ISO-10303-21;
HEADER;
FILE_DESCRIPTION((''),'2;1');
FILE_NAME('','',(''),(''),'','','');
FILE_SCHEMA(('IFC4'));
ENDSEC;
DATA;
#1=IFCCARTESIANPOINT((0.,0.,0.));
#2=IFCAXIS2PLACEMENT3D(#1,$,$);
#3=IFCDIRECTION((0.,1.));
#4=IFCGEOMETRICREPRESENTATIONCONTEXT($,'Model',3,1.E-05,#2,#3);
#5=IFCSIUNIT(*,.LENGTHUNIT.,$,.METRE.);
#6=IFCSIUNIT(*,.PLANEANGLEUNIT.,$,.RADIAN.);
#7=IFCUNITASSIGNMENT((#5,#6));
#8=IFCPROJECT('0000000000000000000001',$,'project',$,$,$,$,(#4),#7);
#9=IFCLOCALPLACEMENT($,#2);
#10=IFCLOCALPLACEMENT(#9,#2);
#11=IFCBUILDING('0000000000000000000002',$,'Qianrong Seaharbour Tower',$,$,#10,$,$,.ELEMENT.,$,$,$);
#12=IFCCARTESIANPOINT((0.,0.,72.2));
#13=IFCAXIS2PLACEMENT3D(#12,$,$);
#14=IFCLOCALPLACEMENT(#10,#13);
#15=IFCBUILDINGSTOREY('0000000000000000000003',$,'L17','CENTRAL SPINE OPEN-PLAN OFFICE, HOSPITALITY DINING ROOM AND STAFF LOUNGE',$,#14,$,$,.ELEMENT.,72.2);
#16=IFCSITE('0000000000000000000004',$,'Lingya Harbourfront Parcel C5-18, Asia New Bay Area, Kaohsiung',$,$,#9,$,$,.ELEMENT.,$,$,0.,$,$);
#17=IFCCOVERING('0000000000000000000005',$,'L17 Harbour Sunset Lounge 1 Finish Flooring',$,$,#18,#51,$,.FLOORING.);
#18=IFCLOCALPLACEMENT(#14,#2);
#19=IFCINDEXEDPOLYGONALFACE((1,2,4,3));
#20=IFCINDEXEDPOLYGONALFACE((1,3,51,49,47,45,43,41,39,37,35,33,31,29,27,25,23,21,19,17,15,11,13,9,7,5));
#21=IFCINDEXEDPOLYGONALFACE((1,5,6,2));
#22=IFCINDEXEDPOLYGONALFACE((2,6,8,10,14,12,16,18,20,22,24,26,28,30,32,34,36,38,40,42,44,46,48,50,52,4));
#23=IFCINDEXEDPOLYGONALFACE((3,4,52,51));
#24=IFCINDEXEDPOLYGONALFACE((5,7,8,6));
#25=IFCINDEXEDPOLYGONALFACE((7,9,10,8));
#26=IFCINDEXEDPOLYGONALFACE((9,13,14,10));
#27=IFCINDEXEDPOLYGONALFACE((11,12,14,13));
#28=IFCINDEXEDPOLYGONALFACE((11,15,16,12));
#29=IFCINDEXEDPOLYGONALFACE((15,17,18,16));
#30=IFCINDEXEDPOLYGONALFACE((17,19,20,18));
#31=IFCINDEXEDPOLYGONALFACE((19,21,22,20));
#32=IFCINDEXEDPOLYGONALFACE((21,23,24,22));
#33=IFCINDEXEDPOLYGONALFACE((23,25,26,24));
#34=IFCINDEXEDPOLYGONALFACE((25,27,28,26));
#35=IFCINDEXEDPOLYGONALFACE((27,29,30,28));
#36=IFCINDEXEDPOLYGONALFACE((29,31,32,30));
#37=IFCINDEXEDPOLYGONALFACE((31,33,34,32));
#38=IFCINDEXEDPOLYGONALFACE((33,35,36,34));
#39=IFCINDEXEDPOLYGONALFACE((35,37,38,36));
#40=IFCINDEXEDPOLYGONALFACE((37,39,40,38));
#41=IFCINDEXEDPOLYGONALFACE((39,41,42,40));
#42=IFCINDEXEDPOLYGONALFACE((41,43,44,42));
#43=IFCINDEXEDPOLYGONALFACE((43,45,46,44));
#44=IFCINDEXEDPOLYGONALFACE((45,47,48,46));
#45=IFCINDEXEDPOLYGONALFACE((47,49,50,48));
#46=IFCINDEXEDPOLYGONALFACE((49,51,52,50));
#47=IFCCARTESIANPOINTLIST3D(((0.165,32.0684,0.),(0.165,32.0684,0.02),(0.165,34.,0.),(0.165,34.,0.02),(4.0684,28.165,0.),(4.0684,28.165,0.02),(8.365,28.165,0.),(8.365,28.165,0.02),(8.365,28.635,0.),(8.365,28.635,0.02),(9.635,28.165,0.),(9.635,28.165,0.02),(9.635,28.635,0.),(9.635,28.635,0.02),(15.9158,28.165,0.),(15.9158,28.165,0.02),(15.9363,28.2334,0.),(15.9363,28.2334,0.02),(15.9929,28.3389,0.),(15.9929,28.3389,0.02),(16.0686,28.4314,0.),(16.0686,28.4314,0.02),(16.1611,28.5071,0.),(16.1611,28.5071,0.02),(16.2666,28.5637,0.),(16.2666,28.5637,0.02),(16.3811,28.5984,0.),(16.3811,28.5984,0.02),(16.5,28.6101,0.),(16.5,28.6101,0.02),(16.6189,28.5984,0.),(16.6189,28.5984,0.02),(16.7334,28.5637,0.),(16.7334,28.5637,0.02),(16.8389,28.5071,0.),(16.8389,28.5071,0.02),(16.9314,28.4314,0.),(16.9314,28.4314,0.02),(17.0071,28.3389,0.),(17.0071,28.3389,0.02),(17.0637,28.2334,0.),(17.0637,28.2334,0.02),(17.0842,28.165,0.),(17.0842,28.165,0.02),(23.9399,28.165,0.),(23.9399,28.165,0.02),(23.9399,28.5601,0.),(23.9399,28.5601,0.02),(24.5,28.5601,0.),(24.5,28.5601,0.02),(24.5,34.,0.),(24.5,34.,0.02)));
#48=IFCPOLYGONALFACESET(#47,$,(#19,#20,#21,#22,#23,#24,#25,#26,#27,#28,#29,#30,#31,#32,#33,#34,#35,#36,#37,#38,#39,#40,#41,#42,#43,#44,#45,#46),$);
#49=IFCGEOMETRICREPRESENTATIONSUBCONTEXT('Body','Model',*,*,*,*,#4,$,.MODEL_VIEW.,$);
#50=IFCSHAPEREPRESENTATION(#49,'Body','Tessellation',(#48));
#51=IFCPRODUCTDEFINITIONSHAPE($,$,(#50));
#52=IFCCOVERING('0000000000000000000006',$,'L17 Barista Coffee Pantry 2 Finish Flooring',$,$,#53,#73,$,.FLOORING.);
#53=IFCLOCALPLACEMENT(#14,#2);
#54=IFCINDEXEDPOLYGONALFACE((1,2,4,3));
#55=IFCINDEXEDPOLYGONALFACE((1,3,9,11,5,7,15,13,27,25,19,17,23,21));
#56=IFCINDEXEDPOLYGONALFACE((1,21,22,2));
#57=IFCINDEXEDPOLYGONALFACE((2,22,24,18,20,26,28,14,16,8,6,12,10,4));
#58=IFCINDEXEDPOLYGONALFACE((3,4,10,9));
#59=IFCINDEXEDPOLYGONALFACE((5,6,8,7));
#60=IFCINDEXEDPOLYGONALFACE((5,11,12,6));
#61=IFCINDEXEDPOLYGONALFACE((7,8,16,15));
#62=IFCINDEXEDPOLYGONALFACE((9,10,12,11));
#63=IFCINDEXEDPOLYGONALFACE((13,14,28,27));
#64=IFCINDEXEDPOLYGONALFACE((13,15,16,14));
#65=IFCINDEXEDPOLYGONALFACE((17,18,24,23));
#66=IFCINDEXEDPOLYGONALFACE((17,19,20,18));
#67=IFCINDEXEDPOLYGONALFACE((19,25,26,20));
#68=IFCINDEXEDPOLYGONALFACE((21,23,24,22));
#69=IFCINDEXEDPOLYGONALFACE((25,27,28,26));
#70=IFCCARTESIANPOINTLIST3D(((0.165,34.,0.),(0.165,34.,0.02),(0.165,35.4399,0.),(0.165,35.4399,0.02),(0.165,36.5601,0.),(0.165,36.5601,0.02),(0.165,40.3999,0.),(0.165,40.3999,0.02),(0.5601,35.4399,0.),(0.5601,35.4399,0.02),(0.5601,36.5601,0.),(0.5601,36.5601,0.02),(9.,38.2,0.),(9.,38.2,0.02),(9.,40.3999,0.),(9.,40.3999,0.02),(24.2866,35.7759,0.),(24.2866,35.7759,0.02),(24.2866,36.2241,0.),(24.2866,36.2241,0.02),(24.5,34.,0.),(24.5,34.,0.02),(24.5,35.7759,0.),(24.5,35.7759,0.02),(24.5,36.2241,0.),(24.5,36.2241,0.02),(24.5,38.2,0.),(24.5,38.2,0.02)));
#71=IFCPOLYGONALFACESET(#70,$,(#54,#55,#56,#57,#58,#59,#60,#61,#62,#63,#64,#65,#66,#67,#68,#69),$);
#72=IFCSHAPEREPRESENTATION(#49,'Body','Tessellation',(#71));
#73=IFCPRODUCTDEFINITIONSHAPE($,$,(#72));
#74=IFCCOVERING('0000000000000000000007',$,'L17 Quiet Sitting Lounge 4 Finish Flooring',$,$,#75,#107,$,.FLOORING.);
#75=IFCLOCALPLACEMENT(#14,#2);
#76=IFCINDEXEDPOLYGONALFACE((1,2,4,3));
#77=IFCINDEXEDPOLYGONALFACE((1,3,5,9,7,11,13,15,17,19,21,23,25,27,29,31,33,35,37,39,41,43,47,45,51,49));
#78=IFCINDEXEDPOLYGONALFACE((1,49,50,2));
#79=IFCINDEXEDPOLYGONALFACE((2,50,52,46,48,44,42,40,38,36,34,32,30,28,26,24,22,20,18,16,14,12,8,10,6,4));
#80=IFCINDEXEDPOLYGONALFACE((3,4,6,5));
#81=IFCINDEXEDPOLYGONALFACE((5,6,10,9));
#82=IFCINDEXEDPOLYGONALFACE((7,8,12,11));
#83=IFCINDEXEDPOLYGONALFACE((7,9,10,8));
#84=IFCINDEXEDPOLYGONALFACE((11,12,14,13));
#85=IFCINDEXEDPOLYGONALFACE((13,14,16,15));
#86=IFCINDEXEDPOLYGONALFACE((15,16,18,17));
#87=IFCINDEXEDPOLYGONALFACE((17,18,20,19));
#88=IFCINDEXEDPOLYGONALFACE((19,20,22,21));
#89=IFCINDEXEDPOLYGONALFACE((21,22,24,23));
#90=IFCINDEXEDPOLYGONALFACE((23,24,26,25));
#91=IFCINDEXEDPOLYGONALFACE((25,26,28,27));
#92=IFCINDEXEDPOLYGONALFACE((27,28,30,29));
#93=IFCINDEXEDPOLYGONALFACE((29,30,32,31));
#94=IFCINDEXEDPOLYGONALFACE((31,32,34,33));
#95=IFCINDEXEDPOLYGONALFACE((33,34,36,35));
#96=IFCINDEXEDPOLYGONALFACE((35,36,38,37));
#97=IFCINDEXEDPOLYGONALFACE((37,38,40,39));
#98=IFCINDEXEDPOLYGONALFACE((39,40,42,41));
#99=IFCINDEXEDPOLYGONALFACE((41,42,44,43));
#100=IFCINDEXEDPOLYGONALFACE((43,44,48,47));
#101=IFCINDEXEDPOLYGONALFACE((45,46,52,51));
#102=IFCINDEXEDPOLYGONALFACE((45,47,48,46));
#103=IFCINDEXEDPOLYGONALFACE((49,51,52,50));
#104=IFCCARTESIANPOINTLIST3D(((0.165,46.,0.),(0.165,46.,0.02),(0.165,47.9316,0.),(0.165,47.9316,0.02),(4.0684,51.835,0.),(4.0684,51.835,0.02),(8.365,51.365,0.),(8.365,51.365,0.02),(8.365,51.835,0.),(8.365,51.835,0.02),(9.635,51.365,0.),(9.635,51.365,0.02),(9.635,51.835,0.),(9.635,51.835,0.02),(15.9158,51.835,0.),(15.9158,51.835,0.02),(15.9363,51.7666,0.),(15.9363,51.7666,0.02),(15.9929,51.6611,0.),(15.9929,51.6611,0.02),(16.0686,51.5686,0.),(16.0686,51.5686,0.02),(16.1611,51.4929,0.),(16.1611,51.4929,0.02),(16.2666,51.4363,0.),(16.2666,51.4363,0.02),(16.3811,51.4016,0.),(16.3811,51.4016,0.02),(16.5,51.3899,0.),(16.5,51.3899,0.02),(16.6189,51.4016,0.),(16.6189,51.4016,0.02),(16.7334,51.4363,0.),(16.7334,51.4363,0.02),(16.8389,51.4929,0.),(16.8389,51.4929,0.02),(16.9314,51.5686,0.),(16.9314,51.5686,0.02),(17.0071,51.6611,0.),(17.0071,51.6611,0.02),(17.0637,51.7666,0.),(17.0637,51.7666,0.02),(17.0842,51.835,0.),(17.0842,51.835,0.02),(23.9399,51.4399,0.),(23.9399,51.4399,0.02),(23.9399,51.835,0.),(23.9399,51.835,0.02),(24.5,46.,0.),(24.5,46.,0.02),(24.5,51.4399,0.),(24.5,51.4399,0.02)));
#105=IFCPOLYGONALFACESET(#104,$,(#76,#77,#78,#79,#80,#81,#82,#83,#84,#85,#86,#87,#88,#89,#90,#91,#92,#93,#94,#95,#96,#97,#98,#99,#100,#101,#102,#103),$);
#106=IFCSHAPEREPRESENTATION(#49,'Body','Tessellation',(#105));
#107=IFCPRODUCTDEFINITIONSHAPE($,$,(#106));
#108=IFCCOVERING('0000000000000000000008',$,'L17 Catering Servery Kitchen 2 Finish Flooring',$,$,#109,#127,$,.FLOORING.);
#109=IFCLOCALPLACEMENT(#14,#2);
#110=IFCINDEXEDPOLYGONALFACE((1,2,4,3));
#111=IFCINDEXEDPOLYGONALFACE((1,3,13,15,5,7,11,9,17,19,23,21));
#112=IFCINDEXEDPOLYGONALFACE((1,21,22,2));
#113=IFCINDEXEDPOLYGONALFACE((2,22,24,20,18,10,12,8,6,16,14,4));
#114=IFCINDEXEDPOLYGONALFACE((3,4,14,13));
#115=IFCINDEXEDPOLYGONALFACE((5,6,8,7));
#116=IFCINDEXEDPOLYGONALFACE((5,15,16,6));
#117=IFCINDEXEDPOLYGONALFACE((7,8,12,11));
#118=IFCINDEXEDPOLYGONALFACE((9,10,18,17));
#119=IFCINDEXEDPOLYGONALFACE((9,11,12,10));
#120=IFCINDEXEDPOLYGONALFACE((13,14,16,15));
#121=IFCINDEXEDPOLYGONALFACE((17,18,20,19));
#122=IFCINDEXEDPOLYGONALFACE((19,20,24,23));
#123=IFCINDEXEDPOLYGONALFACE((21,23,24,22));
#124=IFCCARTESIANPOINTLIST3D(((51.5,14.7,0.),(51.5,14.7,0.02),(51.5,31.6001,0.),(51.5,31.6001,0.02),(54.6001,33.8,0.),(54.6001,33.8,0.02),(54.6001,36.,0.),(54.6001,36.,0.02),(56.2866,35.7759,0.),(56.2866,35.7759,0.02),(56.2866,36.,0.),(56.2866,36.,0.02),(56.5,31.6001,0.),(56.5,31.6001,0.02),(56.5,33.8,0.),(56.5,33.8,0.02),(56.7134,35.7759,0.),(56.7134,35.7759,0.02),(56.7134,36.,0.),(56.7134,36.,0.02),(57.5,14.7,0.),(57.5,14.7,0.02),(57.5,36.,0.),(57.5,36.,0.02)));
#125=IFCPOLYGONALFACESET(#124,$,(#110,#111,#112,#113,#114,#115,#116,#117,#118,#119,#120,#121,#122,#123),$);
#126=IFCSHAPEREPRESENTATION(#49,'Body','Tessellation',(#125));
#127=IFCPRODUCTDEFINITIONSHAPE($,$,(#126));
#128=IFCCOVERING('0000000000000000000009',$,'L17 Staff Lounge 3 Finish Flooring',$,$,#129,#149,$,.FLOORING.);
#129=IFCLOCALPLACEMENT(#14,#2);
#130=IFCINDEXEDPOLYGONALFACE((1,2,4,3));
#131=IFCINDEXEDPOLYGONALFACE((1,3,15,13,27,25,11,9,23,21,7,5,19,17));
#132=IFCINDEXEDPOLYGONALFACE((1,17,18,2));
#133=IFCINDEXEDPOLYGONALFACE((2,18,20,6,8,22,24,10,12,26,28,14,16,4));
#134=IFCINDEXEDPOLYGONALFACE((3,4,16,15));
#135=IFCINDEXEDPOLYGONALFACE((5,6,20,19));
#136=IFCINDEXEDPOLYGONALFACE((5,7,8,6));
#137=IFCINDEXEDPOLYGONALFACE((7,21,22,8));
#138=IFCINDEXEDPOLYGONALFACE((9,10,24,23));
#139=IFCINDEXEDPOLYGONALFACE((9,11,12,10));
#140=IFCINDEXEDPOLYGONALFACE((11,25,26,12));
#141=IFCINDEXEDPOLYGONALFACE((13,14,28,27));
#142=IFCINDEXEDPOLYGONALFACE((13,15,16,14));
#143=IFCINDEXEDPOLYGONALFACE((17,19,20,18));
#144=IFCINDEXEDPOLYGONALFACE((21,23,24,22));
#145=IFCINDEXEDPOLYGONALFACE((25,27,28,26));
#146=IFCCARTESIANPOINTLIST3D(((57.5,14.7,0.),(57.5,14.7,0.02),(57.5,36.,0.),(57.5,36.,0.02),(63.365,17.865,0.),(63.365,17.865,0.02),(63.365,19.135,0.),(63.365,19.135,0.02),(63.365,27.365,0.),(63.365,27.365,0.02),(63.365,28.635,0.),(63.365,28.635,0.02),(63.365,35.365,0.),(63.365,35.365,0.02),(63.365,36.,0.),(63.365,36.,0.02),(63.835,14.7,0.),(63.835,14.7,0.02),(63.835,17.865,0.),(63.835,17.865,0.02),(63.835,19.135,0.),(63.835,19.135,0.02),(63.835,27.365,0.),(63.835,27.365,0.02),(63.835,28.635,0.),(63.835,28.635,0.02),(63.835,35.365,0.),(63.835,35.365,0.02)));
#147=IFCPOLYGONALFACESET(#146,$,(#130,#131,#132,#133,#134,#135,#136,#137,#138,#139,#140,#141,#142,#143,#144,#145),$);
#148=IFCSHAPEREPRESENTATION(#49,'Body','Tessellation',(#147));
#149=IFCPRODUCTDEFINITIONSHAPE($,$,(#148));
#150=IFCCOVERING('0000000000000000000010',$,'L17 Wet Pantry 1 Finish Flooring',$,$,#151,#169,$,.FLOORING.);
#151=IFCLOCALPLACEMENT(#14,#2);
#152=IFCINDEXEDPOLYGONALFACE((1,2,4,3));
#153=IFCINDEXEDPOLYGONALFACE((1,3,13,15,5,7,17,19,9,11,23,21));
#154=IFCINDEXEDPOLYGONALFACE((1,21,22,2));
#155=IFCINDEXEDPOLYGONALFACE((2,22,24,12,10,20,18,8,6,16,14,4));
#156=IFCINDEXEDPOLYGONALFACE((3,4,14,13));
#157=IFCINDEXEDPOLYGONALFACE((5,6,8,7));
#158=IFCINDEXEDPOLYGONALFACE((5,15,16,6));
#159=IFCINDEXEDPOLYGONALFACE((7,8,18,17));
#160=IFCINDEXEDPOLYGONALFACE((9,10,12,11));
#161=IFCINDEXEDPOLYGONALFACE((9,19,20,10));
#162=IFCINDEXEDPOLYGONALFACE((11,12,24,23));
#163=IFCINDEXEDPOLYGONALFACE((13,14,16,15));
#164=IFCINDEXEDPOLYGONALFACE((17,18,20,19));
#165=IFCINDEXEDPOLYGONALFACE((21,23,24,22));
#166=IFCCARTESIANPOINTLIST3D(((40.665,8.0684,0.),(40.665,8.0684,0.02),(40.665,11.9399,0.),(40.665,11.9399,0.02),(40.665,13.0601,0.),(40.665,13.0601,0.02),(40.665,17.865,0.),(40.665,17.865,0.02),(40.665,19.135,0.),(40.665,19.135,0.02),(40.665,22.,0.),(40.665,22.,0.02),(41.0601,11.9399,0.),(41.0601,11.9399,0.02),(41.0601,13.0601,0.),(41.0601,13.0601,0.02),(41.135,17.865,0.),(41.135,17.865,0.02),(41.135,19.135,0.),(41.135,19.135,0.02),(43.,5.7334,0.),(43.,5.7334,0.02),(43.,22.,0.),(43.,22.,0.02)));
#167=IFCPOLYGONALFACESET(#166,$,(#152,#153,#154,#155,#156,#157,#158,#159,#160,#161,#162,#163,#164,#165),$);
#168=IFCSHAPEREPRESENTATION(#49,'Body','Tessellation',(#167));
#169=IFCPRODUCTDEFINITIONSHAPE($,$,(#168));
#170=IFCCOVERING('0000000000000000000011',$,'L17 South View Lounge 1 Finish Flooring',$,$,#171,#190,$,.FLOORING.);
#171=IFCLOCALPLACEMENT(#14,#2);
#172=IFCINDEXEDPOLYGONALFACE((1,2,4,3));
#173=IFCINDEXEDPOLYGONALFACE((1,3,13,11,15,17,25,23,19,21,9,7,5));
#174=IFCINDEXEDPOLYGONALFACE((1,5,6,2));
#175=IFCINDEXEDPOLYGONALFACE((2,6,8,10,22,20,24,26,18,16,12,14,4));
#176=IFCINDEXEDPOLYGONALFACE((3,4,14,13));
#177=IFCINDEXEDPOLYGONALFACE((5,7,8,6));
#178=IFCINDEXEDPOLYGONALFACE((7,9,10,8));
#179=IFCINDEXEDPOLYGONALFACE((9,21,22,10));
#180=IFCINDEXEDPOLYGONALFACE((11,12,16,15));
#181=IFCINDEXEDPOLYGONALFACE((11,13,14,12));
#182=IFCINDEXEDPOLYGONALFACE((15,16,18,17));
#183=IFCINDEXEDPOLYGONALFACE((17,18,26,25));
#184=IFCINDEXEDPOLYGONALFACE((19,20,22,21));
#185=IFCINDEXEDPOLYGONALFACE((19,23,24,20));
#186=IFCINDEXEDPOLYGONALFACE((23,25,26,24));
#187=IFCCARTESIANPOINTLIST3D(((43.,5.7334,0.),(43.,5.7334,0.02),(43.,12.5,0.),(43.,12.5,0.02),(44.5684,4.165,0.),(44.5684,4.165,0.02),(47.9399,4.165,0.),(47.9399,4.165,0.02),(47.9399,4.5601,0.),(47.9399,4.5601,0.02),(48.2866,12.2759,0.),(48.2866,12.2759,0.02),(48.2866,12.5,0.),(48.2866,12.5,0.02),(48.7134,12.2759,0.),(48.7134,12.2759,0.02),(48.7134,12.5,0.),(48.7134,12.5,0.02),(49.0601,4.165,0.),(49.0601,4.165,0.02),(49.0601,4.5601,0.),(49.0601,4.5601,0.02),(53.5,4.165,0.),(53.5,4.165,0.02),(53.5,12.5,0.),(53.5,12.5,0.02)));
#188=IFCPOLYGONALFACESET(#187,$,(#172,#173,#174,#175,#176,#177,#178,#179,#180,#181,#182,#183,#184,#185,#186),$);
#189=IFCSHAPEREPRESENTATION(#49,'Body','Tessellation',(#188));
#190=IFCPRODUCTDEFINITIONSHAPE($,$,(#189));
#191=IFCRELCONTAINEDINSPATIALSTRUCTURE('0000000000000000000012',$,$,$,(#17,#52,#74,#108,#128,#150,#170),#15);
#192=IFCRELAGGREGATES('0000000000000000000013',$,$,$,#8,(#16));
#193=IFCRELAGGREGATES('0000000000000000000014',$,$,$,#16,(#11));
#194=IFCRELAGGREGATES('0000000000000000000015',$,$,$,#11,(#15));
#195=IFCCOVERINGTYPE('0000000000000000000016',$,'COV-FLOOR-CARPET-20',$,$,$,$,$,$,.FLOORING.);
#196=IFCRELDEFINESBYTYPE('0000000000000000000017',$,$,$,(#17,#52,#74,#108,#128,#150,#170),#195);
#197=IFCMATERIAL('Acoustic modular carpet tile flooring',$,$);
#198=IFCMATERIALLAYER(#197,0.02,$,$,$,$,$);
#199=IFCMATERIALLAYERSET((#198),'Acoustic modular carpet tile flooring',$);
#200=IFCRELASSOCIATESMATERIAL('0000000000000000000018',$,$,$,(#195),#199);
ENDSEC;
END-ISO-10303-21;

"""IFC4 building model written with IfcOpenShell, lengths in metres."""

from ifc_helpers import new_model, si_unit, direction, frame, origin, place, context, subcontext, project, spatial, polyline, outline, extrude, material, layer, layer_set, type_object, element, save


model = new_model("IFC4")

# Units and contexts
model_context = context("Model", 3, precision=1e-05, world=origin(), true_north=direction((0.0, 1.0)))
body_context = subcontext(model_context, "Body", "Model", "MODEL_VIEW")
ifc_project = project(units=[si_unit("LENGTHUNIT", "METRE"), si_unit("PLANEANGLEUNIT", "RADIAN")], contexts=[model_context])

# Site, building, storey
site_placement = place(None, origin())
site = spatial("IfcSite", under=ifc_project, at=site_placement, Name="Lingya Harbourfront Parcel C5-18, Asia New Bay Area, Kaohsiung", CompositionType="ELEMENT", RefElevation=0.0)
building_placement = place(site_placement, origin())
building = spatial("IfcBuilding", under=site, at=building_placement, Name="Qianrong Seaharbour Tower", CompositionType="ELEMENT")
storey_placement = place(building_placement, frame((0.0, 0.0, 72.2)))
storey = spatial("IfcBuildingStorey", under=building, at=storey_placement, Name="L17", Description="CENTRAL SPINE OPEN-PLAN OFFICE, HOSPITALITY DINING ROOM AND STAFF LOUNGE", CompositionType="ELEMENT", Elevation=72.2)

# Coverings
ifc_material_1 = material(Name="Acoustic modular carpet tile flooring")
ifc_layer_1 = layer(ifc_material_1, 0.02)
ifc_layer_set_1 = layer_set([ifc_layer_1], Name="Acoustic modular carpet tile flooring")
covering_type_1 = type_object("IfcCoveringType", Name="COV-FLOOR-CARPET-20", PredefinedType="FLOORING", material=ifc_layer_set_1)
covering_1_placement = place(storey_placement, origin())
element("IfcCovering", 1, at=covering_1_placement, inside=storey, type_object=covering_type_1, Name="L17 Harbour Sunset Lounge 1 Finish Flooring", PredefinedType="FLOORING", context=body_context, shape_type="SweptSolid", body=[
    extrude(outline(polyline([(17.0842, 28.165), (17.0637, 28.2334), (17.0071, 28.3389), (16.9314, 28.4314), (16.8389, 28.5071), (16.7334, 28.5637), (16.6189, 28.5984), (16.5, 28.6101), (16.3811, 28.5984), (16.2666, 28.5637), (16.1611, 28.5071), (16.0686, 28.4314), (15.9929, 28.3389), (15.9363, 28.2334), (15.9158, 28.165), (9.635, 28.165), (9.635, 28.635), (8.365, 28.635), (8.365, 28.165), (4.0684, 28.165), (0.165, 32.0684), (0.165, 34.0), (24.5, 34.0), (24.5, 28.5601), (23.9399, 28.5601), (23.9399, 28.165), (17.0842, 28.165)])), origin(), (0.0, 0.0, 1.0), 0.02),
])
covering_2_placement = place(storey_placement, origin())
element("IfcCovering", 2, at=covering_2_placement, inside=storey, type_object=covering_type_1, Name="L17 Barista Coffee Pantry 2 Finish Flooring", PredefinedType="FLOORING", context=body_context, shape_type="SweptSolid", body=[
    extrude(outline(polyline([(0.165, 34.0), (0.165, 35.4399), (0.5601, 35.4399), (0.5601, 36.5601), (0.165, 36.5601), (0.165, 40.3999), (9.0, 40.3999), (9.0, 38.2), (24.5, 38.2), (24.5, 36.2241), (24.2866, 36.2241), (24.2866, 35.7759), (24.5, 35.7759), (24.5, 34.0), (0.165, 34.0)])), origin(), (0.0, 0.0, 1.0), 0.02),
])
covering_3_placement = place(storey_placement, origin())
element("IfcCovering", 3, at=covering_3_placement, inside=storey, type_object=covering_type_1, Name="L17 Quiet Sitting Lounge 4 Finish Flooring", PredefinedType="FLOORING", context=body_context, shape_type="SweptSolid", body=[
    extrude(outline(polyline([(0.165, 47.9316), (4.0684, 51.835), (8.365, 51.835), (8.365, 51.365), (9.635, 51.365), (9.635, 51.835), (15.9158, 51.835), (15.9363, 51.7666), (15.9929, 51.6611), (16.0686, 51.5686), (16.1611, 51.4929), (16.2666, 51.4363), (16.3811, 51.4016), (16.5, 51.3899), (16.6189, 51.4016), (16.7334, 51.4363), (16.8389, 51.4929), (16.9314, 51.5686), (17.0071, 51.6611), (17.0637, 51.7666), (17.0842, 51.835), (23.9399, 51.835), (23.9399, 51.4399), (24.5, 51.4399), (24.5, 46.0), (0.165, 46.0), (0.165, 47.9316)])), origin(), (0.0, 0.0, 1.0), 0.02),
])
covering_4_placement = place(storey_placement, origin())
element("IfcCovering", 4, at=covering_4_placement, inside=storey, type_object=covering_type_1, Name="L17 Catering Servery Kitchen 2 Finish Flooring", PredefinedType="FLOORING", context=body_context, shape_type="SweptSolid", body=[
    extrude(outline(polyline([(56.5, 31.6001), (56.5, 33.8), (54.6001, 33.8), (54.6001, 36.0), (56.2866, 36.0), (56.2866, 35.7759), (56.7134, 35.7759), (56.7134, 36.0), (57.5, 36.0), (57.5, 14.7), (51.5, 14.7), (51.5, 31.6001), (56.5, 31.6001)])), origin(), (0.0, 0.0, 1.0), 0.02),
])
covering_5_placement = place(storey_placement, origin())
element("IfcCovering", 5, at=covering_5_placement, inside=storey, type_object=covering_type_1, Name="L17 Staff Lounge 3 Finish Flooring", PredefinedType="FLOORING", context=body_context, shape_type="SweptSolid", body=[
    extrude(outline(polyline([(63.365, 36.0), (63.365, 35.365), (63.835, 35.365), (63.835, 28.635), (63.365, 28.635), (63.365, 27.365), (63.835, 27.365), (63.835, 19.135), (63.365, 19.135), (63.365, 17.865), (63.835, 17.865), (63.835, 14.7), (57.5, 14.7), (57.5, 36.0), (63.365, 36.0)])), origin(), (0.0, 0.0, 1.0), 0.02),
])
covering_6_placement = place(storey_placement, origin())
element("IfcCovering", 6, at=covering_6_placement, inside=storey, type_object=covering_type_1, Name="L17 Wet Pantry 1 Finish Flooring", PredefinedType="FLOORING", context=body_context, shape_type="SweptSolid", body=[
    extrude(outline(polyline([(40.665, 8.0684), (40.665, 11.9399), (41.0601, 11.9399), (41.0601, 13.0601), (40.665, 13.0601), (40.665, 17.865), (41.135, 17.865), (41.135, 19.135), (40.665, 19.135), (40.665, 22.0), (43.0, 22.0), (43.0, 5.7334), (40.665, 8.0684)])), origin(), (0.0, 0.0, 1.0), 0.02),
])
covering_7_placement = place(storey_placement, origin())
element("IfcCovering", 7, at=covering_7_placement, inside=storey, type_object=covering_type_1, Name="L17 South View Lounge 1 Finish Flooring", PredefinedType="FLOORING", context=body_context, shape_type="SweptSolid", body=[
    extrude(outline(polyline([(53.5, 4.165), (49.0601, 4.165), (49.0601, 4.5601), (47.9399, 4.5601), (47.9399, 4.165), (44.5684, 4.165), (43.0, 5.7334), (43.0, 12.5), (48.2866, 12.5), (48.2866, 12.2759), (48.7134, 12.2759), (48.7134, 12.5), (53.5, 12.5), (53.5, 4.165)])), origin(), (0.0, 0.0, 1.0), 0.02),
])

save(model, "model.ifc")
